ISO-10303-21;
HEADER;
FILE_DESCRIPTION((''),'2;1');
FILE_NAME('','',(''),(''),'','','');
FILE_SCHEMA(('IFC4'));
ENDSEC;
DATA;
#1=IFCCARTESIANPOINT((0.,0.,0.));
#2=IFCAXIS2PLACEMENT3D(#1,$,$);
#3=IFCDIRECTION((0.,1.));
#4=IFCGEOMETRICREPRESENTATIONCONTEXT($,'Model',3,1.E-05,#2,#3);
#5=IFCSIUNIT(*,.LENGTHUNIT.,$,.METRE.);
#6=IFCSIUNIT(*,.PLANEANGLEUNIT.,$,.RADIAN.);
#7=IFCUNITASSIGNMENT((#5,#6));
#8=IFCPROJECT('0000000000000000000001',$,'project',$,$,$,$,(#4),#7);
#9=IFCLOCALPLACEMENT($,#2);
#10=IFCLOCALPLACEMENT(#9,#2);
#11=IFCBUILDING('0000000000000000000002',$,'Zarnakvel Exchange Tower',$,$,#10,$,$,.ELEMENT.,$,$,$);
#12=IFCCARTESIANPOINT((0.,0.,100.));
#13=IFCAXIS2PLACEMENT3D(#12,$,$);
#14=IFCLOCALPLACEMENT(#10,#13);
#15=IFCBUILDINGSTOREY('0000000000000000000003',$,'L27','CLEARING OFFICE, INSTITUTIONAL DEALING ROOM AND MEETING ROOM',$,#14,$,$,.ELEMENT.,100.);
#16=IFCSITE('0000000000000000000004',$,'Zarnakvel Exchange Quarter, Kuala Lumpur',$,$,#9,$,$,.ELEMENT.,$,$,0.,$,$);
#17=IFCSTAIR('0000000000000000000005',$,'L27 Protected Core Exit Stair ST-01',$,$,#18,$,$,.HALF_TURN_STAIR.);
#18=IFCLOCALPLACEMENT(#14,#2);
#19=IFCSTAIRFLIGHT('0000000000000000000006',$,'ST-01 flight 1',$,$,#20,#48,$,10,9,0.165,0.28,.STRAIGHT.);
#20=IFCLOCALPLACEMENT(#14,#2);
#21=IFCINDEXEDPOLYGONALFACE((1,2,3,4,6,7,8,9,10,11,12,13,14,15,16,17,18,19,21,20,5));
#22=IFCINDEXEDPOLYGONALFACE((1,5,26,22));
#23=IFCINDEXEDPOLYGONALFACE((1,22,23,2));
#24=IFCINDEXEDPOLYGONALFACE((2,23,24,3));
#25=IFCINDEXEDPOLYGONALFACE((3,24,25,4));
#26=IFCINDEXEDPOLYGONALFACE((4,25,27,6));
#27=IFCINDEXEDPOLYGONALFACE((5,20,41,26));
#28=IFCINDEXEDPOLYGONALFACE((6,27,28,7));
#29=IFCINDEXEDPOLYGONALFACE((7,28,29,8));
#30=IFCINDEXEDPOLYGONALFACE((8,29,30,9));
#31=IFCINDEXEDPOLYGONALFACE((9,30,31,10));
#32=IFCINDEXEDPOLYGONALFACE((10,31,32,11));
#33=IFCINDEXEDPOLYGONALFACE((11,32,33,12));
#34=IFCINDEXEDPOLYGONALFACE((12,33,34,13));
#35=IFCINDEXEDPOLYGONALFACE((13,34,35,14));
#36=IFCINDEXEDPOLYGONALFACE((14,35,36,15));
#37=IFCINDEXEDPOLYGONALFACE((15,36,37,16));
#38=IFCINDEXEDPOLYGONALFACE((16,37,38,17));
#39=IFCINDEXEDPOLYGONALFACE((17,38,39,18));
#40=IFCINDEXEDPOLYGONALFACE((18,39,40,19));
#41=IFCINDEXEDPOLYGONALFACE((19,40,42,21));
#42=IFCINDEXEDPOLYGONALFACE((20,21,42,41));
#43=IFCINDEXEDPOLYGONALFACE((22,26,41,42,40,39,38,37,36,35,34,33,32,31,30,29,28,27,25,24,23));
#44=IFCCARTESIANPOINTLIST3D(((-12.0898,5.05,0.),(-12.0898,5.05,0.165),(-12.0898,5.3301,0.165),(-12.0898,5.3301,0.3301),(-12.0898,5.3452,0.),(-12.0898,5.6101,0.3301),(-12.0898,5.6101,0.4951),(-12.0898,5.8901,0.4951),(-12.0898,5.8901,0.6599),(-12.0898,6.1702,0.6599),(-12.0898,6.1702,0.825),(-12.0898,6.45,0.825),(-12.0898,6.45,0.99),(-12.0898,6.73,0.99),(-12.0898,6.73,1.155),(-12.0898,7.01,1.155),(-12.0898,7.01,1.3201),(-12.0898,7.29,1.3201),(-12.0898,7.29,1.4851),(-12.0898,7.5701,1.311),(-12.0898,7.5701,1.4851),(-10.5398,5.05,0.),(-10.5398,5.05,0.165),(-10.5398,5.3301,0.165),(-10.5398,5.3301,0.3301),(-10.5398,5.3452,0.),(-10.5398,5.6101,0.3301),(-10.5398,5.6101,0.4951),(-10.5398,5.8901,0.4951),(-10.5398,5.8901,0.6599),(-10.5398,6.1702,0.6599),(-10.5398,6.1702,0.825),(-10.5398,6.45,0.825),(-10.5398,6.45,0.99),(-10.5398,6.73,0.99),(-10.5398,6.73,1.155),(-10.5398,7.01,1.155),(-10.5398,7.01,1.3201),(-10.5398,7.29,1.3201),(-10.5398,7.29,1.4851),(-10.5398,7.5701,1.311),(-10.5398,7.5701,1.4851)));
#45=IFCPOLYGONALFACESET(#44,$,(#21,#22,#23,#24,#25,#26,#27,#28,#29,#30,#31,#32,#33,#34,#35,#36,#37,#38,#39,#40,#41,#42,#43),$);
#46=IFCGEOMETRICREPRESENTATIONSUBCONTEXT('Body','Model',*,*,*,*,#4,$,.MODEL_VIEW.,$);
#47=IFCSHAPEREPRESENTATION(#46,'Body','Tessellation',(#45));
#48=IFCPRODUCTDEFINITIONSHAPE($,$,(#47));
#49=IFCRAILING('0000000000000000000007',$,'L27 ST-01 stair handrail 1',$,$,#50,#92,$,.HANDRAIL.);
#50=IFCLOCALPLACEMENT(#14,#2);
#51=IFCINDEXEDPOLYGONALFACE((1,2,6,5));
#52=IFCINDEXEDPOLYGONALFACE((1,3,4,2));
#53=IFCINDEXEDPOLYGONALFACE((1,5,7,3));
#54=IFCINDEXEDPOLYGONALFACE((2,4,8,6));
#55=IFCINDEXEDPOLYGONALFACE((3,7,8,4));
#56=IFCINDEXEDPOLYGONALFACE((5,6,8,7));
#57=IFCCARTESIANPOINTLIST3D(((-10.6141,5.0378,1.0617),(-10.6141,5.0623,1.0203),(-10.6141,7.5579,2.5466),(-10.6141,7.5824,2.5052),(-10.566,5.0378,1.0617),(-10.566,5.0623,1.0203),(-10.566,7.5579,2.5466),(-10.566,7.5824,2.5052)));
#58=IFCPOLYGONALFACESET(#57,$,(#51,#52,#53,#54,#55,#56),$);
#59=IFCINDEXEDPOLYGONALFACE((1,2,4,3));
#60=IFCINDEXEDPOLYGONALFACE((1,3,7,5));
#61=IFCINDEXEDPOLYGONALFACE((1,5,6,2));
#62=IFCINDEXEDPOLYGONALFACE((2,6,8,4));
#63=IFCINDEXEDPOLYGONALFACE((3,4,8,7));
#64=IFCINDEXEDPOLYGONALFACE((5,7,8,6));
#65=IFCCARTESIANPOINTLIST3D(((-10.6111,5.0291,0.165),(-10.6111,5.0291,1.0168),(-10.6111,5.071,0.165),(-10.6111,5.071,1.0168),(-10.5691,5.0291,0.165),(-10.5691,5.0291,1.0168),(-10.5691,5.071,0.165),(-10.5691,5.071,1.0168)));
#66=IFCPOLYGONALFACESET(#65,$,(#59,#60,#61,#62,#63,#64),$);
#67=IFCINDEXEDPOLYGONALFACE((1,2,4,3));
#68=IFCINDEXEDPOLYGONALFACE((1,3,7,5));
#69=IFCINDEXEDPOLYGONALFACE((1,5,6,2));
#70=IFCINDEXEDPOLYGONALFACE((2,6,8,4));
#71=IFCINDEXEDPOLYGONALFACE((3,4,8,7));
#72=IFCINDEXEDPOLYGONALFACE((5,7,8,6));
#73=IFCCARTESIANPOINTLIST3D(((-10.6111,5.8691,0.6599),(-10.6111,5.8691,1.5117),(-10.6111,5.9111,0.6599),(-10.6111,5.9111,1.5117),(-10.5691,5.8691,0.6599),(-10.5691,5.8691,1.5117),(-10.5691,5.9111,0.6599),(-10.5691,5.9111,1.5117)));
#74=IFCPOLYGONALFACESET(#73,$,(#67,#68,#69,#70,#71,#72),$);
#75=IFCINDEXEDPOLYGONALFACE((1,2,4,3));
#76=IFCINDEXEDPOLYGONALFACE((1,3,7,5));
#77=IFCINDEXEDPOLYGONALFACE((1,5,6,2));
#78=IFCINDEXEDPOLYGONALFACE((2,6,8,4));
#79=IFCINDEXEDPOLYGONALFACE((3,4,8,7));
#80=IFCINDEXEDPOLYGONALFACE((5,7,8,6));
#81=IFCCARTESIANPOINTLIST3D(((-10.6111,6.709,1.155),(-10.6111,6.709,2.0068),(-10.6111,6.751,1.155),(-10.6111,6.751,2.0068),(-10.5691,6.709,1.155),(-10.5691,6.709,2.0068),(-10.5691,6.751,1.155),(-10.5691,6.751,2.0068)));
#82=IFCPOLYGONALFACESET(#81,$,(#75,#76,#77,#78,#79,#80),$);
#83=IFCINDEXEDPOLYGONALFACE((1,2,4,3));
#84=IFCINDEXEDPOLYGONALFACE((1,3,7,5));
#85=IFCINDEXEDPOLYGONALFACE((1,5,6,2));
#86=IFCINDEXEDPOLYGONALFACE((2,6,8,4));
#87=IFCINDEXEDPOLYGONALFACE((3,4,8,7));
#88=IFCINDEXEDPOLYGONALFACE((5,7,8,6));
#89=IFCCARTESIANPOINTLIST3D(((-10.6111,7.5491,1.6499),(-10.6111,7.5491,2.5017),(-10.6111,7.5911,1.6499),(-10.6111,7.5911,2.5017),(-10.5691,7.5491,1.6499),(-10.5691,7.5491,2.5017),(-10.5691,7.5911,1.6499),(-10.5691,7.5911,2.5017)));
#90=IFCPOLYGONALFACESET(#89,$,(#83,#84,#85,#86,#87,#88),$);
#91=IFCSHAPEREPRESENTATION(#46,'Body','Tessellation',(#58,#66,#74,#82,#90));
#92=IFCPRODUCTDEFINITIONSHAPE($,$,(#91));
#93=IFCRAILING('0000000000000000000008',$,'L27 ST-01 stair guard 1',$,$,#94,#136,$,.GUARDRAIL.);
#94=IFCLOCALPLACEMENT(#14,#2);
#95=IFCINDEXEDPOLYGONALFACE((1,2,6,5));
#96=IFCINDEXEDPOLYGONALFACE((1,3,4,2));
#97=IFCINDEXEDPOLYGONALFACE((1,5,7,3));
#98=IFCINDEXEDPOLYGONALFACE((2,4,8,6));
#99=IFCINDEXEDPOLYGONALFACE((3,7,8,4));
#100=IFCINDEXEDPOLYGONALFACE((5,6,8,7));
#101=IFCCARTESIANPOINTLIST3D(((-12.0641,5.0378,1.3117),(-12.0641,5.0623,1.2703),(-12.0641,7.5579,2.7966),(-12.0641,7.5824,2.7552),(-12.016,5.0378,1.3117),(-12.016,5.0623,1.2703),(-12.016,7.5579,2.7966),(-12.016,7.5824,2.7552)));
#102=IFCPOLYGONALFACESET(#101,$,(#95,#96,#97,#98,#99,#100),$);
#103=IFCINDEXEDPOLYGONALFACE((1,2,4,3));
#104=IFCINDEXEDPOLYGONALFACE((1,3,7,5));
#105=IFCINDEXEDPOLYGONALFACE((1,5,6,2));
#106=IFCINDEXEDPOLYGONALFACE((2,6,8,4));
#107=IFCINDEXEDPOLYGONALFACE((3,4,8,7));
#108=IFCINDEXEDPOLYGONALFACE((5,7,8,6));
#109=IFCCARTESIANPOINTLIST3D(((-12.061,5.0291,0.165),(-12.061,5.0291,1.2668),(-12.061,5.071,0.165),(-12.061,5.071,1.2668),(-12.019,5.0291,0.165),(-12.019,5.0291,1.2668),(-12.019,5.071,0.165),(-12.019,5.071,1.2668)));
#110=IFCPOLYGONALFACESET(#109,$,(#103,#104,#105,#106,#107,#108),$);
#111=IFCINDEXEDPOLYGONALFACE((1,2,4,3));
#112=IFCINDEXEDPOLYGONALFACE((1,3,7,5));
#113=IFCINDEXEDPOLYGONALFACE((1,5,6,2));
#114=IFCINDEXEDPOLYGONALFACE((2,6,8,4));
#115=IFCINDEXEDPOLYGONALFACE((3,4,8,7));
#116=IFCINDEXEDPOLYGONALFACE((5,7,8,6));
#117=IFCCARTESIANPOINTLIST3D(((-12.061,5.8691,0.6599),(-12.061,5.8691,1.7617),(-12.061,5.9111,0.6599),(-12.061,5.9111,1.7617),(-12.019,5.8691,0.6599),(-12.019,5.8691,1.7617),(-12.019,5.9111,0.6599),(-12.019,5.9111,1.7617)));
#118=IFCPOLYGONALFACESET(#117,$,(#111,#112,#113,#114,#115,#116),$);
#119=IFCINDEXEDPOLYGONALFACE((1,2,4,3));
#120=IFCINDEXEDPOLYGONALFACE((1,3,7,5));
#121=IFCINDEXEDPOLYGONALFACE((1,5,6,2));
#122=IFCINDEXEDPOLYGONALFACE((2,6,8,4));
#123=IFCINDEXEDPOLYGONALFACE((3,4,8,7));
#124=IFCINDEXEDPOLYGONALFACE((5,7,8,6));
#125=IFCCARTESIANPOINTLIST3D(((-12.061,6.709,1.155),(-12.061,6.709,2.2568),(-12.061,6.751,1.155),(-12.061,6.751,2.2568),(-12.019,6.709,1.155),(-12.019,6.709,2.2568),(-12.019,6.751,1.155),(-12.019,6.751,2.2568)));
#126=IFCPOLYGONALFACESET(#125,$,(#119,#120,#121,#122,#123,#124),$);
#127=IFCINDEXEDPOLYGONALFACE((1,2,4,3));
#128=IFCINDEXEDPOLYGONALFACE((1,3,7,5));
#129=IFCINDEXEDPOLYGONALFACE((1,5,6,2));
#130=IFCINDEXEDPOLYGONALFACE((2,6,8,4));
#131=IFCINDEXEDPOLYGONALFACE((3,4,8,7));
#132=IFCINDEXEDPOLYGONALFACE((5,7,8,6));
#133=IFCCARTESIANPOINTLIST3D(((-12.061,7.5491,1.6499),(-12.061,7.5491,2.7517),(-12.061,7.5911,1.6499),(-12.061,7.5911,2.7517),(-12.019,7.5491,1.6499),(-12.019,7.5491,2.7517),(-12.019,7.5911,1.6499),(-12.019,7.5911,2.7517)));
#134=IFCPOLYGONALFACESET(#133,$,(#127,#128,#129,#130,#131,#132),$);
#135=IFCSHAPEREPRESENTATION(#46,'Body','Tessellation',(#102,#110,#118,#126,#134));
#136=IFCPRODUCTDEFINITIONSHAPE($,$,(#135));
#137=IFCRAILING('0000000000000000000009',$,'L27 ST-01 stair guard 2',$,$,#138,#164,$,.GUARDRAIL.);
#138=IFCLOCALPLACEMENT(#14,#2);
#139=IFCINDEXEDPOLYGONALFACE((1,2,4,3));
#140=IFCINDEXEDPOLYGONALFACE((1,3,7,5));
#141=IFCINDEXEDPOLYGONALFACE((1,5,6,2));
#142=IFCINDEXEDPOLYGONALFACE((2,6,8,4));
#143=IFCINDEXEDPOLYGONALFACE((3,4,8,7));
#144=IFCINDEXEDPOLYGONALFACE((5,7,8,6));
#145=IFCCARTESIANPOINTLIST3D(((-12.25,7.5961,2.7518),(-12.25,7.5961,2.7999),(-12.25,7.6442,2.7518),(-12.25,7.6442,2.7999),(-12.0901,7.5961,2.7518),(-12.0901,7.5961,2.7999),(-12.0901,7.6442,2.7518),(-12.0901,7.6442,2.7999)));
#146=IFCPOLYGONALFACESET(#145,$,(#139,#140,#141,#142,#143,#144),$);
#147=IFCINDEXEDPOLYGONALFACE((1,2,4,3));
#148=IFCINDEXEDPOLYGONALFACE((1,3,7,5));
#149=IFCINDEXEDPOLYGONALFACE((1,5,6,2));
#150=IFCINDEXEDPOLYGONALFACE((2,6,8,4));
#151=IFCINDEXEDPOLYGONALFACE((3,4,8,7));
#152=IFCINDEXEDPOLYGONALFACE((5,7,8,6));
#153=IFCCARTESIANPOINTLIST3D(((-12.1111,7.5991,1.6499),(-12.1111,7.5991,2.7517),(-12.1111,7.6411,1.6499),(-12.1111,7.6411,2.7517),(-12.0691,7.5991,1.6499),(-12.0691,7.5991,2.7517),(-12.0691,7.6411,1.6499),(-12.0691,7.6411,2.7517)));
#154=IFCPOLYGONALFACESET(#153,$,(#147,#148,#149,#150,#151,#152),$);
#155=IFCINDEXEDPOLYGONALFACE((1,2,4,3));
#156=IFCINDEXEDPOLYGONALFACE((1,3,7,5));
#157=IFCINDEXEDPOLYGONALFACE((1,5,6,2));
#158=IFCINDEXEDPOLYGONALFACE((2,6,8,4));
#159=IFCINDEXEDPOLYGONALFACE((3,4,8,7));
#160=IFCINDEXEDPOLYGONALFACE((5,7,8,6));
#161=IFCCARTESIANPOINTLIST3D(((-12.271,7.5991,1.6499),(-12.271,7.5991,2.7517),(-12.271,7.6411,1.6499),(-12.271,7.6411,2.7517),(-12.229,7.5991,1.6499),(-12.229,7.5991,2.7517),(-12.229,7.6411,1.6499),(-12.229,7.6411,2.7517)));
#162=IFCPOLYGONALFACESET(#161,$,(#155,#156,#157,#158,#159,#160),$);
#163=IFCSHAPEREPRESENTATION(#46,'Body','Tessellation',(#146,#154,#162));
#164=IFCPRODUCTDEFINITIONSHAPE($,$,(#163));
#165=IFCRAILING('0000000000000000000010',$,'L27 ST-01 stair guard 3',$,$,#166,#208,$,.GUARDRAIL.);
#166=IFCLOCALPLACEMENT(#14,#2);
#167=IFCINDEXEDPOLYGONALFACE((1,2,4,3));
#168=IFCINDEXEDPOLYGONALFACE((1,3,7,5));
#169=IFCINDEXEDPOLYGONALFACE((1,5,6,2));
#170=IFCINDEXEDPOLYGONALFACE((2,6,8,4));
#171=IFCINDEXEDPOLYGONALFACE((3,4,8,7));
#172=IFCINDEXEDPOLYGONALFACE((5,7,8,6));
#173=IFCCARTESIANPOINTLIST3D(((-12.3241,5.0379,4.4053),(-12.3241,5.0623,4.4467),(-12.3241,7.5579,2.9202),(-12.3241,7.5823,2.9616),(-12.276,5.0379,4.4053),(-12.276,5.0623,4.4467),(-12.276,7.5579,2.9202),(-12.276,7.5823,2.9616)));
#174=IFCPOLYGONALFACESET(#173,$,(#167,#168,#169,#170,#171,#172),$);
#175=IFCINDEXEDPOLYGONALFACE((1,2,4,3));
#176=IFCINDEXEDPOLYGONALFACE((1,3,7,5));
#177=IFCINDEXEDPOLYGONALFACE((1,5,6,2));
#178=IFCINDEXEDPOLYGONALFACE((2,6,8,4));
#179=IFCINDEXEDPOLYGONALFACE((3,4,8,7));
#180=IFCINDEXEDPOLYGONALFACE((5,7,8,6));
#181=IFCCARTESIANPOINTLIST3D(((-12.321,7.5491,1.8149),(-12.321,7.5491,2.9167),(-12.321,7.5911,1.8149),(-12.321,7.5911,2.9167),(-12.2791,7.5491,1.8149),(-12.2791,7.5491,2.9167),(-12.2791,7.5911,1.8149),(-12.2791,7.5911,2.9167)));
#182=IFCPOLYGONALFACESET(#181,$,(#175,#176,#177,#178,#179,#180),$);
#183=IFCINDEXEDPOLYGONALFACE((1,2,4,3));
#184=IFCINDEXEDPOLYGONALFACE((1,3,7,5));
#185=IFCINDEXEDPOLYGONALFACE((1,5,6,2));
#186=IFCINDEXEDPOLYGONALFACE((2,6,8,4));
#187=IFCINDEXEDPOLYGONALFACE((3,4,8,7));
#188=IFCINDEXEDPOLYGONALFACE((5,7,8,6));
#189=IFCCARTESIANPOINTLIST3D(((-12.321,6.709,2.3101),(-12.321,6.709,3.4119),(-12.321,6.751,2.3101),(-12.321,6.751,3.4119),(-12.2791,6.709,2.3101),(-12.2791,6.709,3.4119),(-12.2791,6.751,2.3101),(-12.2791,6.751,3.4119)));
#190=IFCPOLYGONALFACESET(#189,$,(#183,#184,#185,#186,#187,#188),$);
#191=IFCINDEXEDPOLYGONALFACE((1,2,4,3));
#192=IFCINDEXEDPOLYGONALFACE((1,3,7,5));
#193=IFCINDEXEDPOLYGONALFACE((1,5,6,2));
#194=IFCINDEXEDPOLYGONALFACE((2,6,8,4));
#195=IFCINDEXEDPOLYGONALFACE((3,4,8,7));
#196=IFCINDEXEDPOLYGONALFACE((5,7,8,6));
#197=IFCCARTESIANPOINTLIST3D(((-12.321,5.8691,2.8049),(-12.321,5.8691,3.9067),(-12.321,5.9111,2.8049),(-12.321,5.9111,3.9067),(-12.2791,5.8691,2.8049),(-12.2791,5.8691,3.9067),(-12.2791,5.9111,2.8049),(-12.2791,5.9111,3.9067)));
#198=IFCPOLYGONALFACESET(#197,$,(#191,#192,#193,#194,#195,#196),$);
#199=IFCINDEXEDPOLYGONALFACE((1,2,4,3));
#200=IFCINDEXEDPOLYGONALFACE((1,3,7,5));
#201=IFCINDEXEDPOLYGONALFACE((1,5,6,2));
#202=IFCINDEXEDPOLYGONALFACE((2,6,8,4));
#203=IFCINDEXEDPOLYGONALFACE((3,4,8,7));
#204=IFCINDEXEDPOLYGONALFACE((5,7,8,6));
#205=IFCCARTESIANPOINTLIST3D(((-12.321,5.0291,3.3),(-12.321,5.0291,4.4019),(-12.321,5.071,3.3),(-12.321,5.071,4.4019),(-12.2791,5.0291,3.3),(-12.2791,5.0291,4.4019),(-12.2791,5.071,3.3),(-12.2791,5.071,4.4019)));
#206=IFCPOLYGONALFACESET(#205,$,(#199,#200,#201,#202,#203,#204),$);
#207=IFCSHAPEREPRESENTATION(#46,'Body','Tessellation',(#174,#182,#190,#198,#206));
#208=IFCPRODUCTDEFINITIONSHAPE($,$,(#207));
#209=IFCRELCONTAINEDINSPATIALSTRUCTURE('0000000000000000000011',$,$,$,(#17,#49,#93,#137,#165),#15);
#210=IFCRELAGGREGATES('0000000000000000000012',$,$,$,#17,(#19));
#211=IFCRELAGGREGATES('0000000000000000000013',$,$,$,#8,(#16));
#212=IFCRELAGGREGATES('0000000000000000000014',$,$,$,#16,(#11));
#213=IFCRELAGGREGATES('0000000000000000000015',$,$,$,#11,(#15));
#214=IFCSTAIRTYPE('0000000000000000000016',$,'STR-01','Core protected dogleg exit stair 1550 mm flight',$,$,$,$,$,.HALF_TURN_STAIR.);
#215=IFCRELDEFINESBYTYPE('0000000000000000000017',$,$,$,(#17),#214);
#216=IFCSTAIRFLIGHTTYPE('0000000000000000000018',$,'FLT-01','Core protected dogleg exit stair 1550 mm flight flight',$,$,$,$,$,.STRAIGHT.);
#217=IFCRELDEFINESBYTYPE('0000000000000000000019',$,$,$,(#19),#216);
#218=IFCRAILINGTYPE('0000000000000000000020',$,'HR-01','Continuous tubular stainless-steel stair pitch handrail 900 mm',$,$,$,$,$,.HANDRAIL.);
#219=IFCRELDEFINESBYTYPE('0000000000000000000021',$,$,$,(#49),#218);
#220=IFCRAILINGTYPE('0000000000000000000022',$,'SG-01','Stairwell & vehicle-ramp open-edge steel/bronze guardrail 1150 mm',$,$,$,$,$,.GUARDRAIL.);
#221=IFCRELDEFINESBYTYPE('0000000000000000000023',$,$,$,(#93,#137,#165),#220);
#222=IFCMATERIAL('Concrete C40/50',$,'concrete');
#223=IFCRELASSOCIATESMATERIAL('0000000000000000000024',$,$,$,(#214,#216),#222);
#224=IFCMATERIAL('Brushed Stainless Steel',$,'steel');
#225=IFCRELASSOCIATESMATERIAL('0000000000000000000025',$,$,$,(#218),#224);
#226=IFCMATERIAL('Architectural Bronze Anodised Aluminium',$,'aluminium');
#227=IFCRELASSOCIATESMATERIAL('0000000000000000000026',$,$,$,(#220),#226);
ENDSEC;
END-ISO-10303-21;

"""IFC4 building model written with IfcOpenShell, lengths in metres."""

from ifc_helpers import new_model, si_unit, direction, frame, origin, origin_2d, place, context, subcontext, project, spatial, polyline, rectangle, outline, extrude, material, type_object, element, aggregate, save


model = new_model("IFC4")

# Units and contexts
model_context = context("Model", 3, precision=1e-05, world=origin(), true_north=direction((0.0, 1.0)))
body_context = subcontext(model_context, "Body", "Model", "MODEL_VIEW")
ifc_project = project(units=[si_unit("LENGTHUNIT", "METRE"), si_unit("PLANEANGLEUNIT", "RADIAN")], contexts=[model_context])

# Site, building, storey
site_placement = place(None, origin())
site = spatial("IfcSite", under=ifc_project, at=site_placement, Name="Zarnakvel Exchange Quarter, Kuala Lumpur", CompositionType="ELEMENT", RefElevation=0.0)
building_placement = place(site_placement, origin())
building = spatial("IfcBuilding", under=site, at=building_placement, Name="Zarnakvel Exchange Tower", CompositionType="ELEMENT")
storey_placement = place(building_placement, frame((0.0, 0.0, 100.0)))
storey = spatial("IfcBuildingStorey", under=building, at=storey_placement, Name="L27", Description="CLEARING OFFICE, INSTITUTIONAL DEALING ROOM AND MEETING ROOM", CompositionType="ELEMENT", Elevation=100.0)

# Shared definitions
ifc_material_1 = material(Name="Concrete C40/50", Category="concrete")
ifc_material_2 = material(Name="Brushed Stainless Steel", Category="steel")

# Shared definitions
ifc_material_3 = material(Name="Architectural Bronze Anodised Aluminium", Category="aluminium")

# Stair, stair flight
stair_type = type_object("IfcStairType", Name="STR-01", Description="Core protected dogleg exit stair 1550 mm flight", PredefinedType="HALF_TURN_STAIR", material=ifc_material_1)
stair_placement = place(storey_placement, origin())
stair = element("IfcStair", 1, at=stair_placement, inside=storey, type_object=stair_type, Name="L27 Protected Core Exit Stair ST-01", PredefinedType="HALF_TURN_STAIR")
stair_flight_type = type_object("IfcStairFlightType", Name="FLT-01", Description="Core protected dogleg exit stair 1550 mm flight flight", PredefinedType="STRAIGHT", material=ifc_material_1)
stair_flight_placement = place(storey_placement, frame((-11.3149, 5.05, 0.0), z_axis=(0.0, 0.0, 1.0), x_axis=(0.0, 1.0, 0.0)))
stair_flight = element("IfcStairFlight", 2, at=stair_flight_placement, type_object=stair_flight_type, Name="ST-01 flight 1", NumberOfRisers=10, NumberOfTreads=9, PredefinedType="STRAIGHT", RiserHeight=0.165, TreadLength=0.28, context=body_context, shape_type="SweptSolid", body=[
    extrude(outline(polyline([(0.0, 0.0), (0.0, 0.165), (0.28, 0.165), (0.28, 0.3301), (0.5601, 0.3301), (0.5601, 0.4951), (0.8401, 0.4951), (0.8401, 0.6599), (1.1201, 0.6599), (1.1201, 0.825), (1.3999, 0.825), (1.3999, 0.99), (1.6799, 0.99), (1.6799, 1.155), (1.96, 1.155), (1.96, 1.3201), (2.24, 1.3201), (2.24, 1.4851), (2.52, 1.4851), (2.52, 1.6499), (2.52, 1.311), (0.2952, 0.0), (0.0, 0.0)])), frame((0.0, 0.7749, 0.0), z_axis=(0.0, -1.0, 0.0), x_axis=(1.0, 0.0, 0.0)), (0.0, 0.0, 1.0), 1.55),
])
aggregate(stair, [stair_flight])

# Railings
railing_type_1 = type_object("IfcRailingType", Name="HR-01", Description="Continuous tubular stainless-steel stair pitch handrail 900 mm", PredefinedType="HANDRAIL", material=ifc_material_2)
railing_1_placement = place(storey_placement, frame((-10.5901, 5.05, 0.165)))
element("IfcRailing", 3, at=railing_1_placement, inside=storey, type_object=railing_type_1, Name="L27 ST-01 stair handrail 1", PredefinedType="HANDRAIL", context=body_context, shape_type="SweptSolid", body=[
    extrude(rectangle(XDim=0.0481, YDim=0.0481, at=origin_2d()), frame((0.0, 0.0, 0.876), z_axis=(0.0, 0.861561, 0.507655), x_axis=(-1.0, 0.0, 0.0)), (0.0, 0.0, 1.0), 2.925),
    extrude(rectangle(XDim=0.042, YDim=0.042, at=origin_2d()), origin(), (0.0, 0.0, 1.0), 0.8518),
    extrude(rectangle(XDim=0.042, YDim=0.042, at=origin_2d()), frame((0.0, 0.8401, 0.4949)), (0.0, 0.0, 1.0), 0.8518),
    extrude(rectangle(XDim=0.042, YDim=0.042, at=origin_2d()), frame((0.0, 1.6799, 0.99)), (0.0, 0.0, 1.0), 0.8518),
    extrude(rectangle(XDim=0.042, YDim=0.042, at=origin_2d()), frame((0.0, 2.52, 1.4849)), (0.0, 0.0, 1.0), 0.8518),
])
railing_type_2 = type_object("IfcRailingType", Name="SG-01", Description="Stairwell & vehicle-ramp open-edge steel/bronze guardrail 1150 mm", PredefinedType="GUARDRAIL", material=ifc_material_3)
railing_2_placement = place(storey_placement, frame((-12.04, 5.05, 0.165)))
element("IfcRailing", 4, at=railing_2_placement, inside=storey, type_object=railing_type_2, Name="L27 ST-01 stair guard 1", PredefinedType="GUARDRAIL", context=body_context, shape_type="SweptSolid", body=[
    extrude(rectangle(XDim=0.0481, YDim=0.0481, at=origin_2d()), frame((0.0, 0.0, 1.126), z_axis=(0.0, 0.861561, 0.507655), x_axis=(-1.0, 0.0, 0.0)), (0.0, 0.0, 1.0), 2.925),
    extrude(rectangle(XDim=0.042, YDim=0.042, at=origin_2d()), origin(), (0.0, 0.0, 1.0), 1.1018),
    extrude(rectangle(XDim=0.042, YDim=0.042, at=origin_2d()), frame((0.0, 0.8401, 0.4949)), (0.0, 0.0, 1.0), 1.1018),
    extrude(rectangle(XDim=0.042, YDim=0.042, at=origin_2d()), frame((0.0, 1.6799, 0.99)), (0.0, 0.0, 1.0), 1.1018),
    extrude(rectangle(XDim=0.042, YDim=0.042, at=origin_2d()), frame((0.0, 2.52, 1.4849)), (0.0, 0.0, 1.0), 1.1018),
])
railing_3_placement = place(storey_placement, frame((-12.0901, 7.6201, 1.6499)))
element("IfcRailing", 5, at=railing_3_placement, inside=storey, type_object=railing_type_2, Name="L27 ST-01 stair guard 2", PredefinedType="GUARDRAIL", context=body_context, shape_type="SweptSolid", body=[
    extrude(rectangle(XDim=0.0481, YDim=0.0481, at=origin_2d()), frame((0.0, 0.0, 1.126), z_axis=(-1.0, 0.0, 0.0), x_axis=(0.0, -1.0, 0.0)), (0.0, 0.0, 1.0), 0.1599),
    extrude(rectangle(XDim=0.042, YDim=0.042, at=origin_2d()), origin(), (0.0, 0.0, 1.0), 1.1018),
    extrude(rectangle(XDim=0.042, YDim=0.042, at=origin_2d()), frame((-0.1599, 0.0, 0.0)), (0.0, 0.0, 1.0), 1.1018),
])
railing_4_placement = place(storey_placement, frame((-12.3, 7.5701, 1.8149)))
element("IfcRailing", 6, at=railing_4_placement, inside=storey, type_object=railing_type_2, Name="L27 ST-01 stair guard 3", PredefinedType="GUARDRAIL", context=body_context, shape_type="SweptSolid", body=[
    extrude(rectangle(XDim=0.0481, YDim=0.0481, at=origin_2d()), frame((0.0, 0.0, 1.126), z_axis=(0.0, -0.861524, 0.507717), x_axis=(1.0, 0.0, 0.0)), (0.0, 0.0, 1.0), 2.925),
    extrude(rectangle(XDim=0.042, YDim=0.042, at=origin_2d()), origin(), (0.0, 0.0, 1.0), 1.1018),
    extrude(rectangle(XDim=0.042, YDim=0.042, at=origin_2d()), frame((0.0, -0.8401, 0.4951)), (0.0, 0.0, 1.0), 1.1018),
    extrude(rectangle(XDim=0.042, YDim=0.042, at=origin_2d()), frame((0.0, -1.6799, 0.99)), (0.0, 0.0, 1.0), 1.1018),
    extrude(rectangle(XDim=0.042, YDim=0.042, at=origin_2d()), frame((0.0, -2.52, 1.4851)), (0.0, 0.0, 1.0), 1.1018),
])

save(model, "model.ifc")
